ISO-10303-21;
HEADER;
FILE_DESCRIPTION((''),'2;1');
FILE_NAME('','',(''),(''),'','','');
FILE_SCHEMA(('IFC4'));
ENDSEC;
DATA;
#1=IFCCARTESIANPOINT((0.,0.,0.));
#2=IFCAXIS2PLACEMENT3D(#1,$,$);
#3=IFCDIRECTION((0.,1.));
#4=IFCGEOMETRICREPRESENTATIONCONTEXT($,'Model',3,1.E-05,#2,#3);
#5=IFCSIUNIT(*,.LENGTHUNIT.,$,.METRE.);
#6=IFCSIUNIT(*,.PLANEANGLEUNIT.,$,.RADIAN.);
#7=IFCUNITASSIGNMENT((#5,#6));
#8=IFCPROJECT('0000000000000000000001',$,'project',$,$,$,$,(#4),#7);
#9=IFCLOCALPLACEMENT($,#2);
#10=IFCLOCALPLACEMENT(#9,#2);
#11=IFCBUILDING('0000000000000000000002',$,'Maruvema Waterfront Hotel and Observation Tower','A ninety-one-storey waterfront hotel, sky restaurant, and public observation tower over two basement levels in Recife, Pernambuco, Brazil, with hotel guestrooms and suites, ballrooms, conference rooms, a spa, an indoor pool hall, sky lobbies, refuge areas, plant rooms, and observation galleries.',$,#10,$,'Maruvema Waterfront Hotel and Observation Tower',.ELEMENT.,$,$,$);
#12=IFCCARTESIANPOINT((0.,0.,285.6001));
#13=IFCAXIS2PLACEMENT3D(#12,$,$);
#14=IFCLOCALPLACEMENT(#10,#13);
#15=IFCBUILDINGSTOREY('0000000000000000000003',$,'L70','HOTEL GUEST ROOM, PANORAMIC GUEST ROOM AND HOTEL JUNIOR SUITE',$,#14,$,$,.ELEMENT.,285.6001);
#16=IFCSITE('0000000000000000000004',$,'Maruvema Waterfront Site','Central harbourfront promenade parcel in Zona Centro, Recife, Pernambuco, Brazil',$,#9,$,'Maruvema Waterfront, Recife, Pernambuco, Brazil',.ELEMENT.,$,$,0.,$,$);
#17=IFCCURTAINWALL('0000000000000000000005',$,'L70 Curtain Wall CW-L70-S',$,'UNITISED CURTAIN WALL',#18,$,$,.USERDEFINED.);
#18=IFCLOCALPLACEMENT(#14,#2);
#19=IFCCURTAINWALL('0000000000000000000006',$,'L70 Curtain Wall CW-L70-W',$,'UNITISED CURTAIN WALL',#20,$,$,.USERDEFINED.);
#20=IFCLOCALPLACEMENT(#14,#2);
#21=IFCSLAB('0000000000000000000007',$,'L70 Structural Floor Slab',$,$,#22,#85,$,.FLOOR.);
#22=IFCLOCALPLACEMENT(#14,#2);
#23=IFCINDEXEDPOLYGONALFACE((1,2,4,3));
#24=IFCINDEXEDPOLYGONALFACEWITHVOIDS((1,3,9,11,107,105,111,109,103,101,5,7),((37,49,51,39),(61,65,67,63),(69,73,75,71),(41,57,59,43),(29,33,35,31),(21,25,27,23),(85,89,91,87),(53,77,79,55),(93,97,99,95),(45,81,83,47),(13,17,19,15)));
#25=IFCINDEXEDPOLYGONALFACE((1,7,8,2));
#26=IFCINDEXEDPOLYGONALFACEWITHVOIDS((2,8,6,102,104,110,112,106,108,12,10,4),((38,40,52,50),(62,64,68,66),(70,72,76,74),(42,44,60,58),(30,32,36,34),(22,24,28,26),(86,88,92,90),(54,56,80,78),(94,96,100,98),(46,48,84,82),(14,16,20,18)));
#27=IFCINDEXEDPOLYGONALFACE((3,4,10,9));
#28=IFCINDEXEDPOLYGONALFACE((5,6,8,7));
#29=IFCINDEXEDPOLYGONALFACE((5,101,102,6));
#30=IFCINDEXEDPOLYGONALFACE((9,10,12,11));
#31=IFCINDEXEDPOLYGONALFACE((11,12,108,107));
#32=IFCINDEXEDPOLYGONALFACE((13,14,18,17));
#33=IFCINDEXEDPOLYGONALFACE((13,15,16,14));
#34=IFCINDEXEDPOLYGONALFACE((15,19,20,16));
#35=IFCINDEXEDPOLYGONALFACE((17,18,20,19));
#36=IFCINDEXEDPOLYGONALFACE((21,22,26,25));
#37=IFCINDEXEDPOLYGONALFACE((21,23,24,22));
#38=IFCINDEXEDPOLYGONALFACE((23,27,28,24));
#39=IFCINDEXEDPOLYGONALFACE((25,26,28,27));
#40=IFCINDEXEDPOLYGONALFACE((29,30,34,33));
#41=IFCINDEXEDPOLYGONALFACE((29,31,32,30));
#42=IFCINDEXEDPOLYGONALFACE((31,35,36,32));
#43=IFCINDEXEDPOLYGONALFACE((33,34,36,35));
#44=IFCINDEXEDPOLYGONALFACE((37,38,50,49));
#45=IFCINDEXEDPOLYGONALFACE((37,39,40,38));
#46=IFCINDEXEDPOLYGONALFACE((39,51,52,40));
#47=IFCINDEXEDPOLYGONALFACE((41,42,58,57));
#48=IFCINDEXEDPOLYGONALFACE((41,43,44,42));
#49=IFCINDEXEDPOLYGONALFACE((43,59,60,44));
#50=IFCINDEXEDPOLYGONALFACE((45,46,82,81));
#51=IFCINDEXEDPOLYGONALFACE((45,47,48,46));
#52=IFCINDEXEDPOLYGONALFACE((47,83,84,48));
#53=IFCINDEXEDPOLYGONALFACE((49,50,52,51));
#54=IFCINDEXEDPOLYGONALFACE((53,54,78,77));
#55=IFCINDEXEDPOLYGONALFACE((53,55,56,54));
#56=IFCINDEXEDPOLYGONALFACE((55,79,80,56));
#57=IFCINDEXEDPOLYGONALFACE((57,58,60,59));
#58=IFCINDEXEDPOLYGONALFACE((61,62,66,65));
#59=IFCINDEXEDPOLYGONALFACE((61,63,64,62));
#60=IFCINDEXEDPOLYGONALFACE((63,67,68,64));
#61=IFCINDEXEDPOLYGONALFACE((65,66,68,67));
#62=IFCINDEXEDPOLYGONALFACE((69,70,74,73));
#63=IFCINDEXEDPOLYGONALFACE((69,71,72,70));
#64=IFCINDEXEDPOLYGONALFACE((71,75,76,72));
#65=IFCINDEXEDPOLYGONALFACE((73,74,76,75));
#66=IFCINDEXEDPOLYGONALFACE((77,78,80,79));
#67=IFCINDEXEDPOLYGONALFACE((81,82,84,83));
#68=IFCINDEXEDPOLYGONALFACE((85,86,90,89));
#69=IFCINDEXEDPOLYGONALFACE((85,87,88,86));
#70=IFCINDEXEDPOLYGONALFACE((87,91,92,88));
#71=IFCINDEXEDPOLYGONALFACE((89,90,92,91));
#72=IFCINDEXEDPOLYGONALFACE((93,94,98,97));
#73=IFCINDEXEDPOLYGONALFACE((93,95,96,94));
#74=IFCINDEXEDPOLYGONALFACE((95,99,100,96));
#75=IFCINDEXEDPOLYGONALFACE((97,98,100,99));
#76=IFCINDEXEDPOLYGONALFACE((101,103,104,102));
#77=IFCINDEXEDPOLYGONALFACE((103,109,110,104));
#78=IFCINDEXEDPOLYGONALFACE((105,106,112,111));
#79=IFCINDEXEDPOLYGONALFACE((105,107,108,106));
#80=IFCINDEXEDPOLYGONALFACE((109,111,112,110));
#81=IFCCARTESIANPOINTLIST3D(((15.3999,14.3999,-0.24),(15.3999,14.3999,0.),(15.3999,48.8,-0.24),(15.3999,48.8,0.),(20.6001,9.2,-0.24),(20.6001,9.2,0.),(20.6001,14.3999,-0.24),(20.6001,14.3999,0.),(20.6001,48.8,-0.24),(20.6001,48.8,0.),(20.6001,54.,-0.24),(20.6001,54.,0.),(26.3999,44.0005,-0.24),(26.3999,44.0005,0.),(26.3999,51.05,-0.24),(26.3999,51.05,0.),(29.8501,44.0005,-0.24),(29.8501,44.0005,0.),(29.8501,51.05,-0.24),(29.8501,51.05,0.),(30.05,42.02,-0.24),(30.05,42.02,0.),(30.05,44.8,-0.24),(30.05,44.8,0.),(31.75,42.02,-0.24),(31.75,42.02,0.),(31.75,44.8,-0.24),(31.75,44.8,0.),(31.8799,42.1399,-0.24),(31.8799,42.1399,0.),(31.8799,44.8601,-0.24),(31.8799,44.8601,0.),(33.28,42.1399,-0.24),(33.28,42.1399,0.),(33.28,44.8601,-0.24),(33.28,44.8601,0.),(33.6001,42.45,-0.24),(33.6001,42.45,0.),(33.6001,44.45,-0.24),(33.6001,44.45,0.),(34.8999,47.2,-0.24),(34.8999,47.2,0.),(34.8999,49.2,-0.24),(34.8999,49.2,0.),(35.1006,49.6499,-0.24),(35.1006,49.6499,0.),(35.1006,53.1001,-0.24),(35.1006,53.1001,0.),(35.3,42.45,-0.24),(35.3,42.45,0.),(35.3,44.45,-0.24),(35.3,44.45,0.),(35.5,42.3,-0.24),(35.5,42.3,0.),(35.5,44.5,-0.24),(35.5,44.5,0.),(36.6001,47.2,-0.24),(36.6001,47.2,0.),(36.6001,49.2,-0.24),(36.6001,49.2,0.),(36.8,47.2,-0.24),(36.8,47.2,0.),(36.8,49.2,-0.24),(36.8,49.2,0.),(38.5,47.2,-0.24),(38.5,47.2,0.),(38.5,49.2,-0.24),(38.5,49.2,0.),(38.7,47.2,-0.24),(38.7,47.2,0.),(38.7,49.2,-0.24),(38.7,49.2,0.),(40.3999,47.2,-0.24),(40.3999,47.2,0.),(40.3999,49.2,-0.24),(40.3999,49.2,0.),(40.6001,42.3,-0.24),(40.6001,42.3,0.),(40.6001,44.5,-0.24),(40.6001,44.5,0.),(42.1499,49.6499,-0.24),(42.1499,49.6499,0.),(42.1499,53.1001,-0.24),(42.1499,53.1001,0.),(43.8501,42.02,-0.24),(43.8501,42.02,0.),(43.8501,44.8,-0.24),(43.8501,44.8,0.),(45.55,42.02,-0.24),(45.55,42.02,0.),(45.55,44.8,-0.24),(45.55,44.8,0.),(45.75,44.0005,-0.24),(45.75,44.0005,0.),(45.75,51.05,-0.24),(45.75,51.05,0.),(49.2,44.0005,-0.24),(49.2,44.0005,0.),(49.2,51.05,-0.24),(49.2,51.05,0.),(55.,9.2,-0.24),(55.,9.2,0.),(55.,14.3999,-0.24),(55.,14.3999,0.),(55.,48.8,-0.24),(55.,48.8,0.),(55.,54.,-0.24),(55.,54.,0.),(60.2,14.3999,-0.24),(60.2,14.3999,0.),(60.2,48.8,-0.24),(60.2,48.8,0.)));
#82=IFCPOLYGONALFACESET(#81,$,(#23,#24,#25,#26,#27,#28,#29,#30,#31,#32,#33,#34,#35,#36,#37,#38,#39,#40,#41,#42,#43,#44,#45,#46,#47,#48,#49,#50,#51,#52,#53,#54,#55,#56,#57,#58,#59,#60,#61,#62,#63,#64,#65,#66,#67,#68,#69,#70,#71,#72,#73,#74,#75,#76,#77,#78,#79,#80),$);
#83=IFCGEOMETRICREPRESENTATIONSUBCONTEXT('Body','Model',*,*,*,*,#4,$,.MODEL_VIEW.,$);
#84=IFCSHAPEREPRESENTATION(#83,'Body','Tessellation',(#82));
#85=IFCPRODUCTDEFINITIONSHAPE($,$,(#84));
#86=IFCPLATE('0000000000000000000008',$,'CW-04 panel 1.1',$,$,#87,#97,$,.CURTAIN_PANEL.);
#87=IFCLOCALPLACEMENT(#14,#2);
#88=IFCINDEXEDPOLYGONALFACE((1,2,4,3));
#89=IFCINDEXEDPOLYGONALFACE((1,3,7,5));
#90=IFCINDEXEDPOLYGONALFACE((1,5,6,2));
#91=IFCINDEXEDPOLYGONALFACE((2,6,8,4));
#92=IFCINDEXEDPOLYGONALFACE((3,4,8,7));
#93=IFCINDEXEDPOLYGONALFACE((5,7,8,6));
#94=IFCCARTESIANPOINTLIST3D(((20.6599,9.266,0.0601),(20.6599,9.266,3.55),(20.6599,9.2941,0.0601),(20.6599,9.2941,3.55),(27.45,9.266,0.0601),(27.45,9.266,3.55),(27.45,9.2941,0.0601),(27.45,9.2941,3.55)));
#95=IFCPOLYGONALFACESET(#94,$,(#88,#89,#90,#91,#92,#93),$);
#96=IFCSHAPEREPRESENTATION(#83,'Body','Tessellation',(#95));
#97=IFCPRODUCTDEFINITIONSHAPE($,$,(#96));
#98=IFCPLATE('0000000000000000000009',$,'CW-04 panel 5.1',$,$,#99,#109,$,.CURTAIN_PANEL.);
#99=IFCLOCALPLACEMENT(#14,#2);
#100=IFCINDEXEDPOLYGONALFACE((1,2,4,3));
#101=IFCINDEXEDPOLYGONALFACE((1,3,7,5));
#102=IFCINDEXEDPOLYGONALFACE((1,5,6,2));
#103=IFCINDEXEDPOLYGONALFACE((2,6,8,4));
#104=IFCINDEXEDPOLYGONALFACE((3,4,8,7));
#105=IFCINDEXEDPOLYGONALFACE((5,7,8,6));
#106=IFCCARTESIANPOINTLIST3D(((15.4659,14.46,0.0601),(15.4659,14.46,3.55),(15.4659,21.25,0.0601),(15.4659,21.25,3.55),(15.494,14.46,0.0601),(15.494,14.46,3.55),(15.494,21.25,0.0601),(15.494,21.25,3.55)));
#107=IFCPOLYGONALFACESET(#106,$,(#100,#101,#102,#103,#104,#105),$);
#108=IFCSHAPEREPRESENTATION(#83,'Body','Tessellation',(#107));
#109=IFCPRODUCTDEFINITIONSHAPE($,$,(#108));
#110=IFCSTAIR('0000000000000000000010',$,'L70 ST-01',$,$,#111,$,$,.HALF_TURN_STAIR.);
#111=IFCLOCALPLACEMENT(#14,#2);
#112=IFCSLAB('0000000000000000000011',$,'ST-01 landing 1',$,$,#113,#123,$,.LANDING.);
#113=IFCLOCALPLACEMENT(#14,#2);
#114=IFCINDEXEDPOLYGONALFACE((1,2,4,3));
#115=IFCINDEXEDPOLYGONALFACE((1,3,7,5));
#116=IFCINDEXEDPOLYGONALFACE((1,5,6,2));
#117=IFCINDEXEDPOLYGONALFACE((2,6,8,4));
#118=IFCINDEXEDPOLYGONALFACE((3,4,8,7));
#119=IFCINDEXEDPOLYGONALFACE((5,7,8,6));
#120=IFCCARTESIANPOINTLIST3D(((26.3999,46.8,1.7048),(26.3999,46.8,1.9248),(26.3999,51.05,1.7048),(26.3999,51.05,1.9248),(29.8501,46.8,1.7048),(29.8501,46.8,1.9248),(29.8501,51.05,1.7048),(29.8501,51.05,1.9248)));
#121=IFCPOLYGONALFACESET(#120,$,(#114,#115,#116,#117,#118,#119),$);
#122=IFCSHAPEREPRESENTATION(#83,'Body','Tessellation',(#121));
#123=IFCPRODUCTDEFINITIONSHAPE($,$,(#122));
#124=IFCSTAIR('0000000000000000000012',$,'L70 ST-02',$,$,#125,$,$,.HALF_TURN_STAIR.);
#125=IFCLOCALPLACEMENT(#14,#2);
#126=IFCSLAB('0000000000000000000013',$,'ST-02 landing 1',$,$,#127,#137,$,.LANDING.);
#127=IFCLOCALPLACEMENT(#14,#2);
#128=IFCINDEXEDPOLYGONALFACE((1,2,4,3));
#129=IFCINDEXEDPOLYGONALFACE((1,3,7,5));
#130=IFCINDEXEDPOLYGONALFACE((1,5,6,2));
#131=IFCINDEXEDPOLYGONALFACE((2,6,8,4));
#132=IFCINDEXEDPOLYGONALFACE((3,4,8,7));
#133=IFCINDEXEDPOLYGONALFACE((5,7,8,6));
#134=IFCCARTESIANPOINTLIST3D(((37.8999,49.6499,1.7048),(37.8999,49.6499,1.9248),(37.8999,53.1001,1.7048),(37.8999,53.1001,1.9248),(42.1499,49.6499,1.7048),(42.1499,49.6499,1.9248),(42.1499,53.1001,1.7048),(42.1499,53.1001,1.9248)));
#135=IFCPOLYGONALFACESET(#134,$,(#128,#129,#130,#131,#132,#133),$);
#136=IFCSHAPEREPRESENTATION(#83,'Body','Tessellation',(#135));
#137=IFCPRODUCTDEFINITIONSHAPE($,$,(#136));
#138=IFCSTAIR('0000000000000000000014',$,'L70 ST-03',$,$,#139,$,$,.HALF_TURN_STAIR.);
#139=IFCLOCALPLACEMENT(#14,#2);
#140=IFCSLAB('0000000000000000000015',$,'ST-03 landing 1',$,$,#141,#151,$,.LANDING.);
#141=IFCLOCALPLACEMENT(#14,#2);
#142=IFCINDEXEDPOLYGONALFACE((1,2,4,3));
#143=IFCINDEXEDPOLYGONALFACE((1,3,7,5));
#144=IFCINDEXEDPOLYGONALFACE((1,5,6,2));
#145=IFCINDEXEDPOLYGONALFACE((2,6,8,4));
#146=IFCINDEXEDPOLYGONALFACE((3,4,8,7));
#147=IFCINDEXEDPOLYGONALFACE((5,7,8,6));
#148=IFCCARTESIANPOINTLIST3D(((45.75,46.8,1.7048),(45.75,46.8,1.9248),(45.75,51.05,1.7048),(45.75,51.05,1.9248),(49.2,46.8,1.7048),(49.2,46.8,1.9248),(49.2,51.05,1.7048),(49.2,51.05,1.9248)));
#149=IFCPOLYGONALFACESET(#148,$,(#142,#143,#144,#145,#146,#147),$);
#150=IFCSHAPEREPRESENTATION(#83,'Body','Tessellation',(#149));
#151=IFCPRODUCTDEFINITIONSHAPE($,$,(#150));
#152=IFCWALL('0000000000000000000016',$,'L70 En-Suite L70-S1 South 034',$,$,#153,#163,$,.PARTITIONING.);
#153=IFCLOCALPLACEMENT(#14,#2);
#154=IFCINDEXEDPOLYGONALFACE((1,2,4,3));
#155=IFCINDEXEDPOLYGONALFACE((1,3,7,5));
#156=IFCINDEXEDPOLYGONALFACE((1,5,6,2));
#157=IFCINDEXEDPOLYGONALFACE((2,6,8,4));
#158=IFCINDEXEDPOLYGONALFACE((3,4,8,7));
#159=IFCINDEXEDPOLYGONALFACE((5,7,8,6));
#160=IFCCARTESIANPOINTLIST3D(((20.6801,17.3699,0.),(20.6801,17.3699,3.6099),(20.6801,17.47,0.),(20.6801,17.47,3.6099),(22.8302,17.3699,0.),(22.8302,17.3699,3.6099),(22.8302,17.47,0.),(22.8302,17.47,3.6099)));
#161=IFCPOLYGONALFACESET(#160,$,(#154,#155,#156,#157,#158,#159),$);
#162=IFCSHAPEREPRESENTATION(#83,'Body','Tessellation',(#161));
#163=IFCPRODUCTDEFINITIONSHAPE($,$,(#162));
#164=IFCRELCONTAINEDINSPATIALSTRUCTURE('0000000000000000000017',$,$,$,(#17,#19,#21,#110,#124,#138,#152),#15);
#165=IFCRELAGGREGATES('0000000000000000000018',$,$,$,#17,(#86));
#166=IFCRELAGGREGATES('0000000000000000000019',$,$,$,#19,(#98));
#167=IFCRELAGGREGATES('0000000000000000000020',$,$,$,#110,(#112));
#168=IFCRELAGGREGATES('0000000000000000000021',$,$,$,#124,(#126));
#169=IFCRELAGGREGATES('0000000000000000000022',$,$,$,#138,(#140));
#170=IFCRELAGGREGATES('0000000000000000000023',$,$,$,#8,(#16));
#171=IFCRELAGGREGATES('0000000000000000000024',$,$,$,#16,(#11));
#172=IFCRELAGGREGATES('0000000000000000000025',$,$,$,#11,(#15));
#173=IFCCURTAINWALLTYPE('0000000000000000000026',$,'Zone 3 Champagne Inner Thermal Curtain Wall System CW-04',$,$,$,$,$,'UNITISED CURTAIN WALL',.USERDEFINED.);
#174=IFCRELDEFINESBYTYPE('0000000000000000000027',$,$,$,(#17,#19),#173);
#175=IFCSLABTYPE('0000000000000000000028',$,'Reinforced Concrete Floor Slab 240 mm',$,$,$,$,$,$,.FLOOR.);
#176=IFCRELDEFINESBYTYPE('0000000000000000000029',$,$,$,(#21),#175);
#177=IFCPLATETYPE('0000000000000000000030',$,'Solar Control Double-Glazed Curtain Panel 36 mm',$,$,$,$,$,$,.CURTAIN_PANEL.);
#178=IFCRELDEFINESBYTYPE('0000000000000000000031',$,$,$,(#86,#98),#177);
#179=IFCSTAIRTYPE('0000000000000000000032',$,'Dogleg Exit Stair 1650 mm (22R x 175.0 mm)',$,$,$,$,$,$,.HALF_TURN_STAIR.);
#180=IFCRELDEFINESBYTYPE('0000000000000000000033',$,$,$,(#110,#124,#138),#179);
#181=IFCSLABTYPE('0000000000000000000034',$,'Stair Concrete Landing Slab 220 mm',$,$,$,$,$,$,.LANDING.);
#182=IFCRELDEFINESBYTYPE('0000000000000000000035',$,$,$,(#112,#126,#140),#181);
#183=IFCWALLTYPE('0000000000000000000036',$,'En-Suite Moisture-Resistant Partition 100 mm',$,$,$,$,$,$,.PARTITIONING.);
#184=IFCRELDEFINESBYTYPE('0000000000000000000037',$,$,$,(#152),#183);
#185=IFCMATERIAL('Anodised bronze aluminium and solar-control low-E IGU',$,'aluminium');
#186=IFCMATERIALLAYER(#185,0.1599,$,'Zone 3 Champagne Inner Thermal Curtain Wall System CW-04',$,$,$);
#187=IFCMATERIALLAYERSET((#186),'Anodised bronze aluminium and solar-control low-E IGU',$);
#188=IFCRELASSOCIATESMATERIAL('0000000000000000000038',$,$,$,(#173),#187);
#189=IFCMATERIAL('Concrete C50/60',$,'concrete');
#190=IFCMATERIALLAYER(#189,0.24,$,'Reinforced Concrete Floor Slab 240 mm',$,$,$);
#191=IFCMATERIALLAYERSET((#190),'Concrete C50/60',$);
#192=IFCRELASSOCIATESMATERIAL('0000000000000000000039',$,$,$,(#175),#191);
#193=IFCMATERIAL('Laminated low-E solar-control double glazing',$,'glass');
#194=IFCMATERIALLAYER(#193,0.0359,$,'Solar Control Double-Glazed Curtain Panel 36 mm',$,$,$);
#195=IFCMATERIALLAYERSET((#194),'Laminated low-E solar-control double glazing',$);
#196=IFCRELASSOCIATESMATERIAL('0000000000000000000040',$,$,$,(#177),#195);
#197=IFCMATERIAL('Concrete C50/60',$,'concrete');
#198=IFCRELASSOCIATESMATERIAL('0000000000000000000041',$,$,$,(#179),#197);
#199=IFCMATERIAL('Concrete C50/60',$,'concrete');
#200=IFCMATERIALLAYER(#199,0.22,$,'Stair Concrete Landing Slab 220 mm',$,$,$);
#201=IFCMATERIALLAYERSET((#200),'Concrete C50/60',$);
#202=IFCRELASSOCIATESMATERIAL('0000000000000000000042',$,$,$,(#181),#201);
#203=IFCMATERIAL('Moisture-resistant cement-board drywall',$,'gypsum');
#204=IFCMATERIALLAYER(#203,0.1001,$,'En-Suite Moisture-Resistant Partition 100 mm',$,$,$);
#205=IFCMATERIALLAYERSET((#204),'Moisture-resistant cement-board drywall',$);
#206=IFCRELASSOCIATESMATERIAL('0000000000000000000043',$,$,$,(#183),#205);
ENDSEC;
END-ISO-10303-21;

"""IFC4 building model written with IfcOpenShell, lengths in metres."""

from ifc_helpers import new_model, si_unit, direction, frame, frame_2d, origin, origin_2d, place, context, subcontext, project, spatial, polyline, rectangle, outline, extrude, material, layer, layer_set, type_object, element, aggregate, save


model = new_model("IFC4")

# Units and contexts
model_context = context("Model", 3, precision=1e-05, world=origin(), true_north=direction((0.0, 1.0)))
body_context = subcontext(model_context, "Body", "Model", "MODEL_VIEW")
ifc_project = project(units=[si_unit("LENGTHUNIT", "METRE"), si_unit("PLANEANGLEUNIT", "RADIAN")], contexts=[model_context])

# Site, building, storey
site_placement = place(None, origin())
site = spatial("IfcSite", under=ifc_project, at=site_placement, Name="Maruvema Waterfront Site", Description="Central harbourfront promenade parcel in Zona Centro, Recife, Pernambuco, Brazil", LongName="Maruvema Waterfront, Recife, Pernambuco, Brazil", CompositionType="ELEMENT", RefElevation=0.0)
building_placement = place(site_placement, origin())
building = spatial("IfcBuilding", under=site, at=building_placement, Name="Maruvema Waterfront Hotel and Observation Tower", Description="A ninety-one-storey waterfront hotel, sky restaurant, and public observation tower over two basement levels in Recife, Pernambuco, Brazil, with hotel guestrooms and suites, ballrooms, conference rooms, a spa, an indoor pool hall, sky lobbies, refuge areas, plant rooms, and observation galleries.", LongName="Maruvema Waterfront Hotel and Observation Tower", CompositionType="ELEMENT")
storey_placement = place(building_placement, frame((0.0, 0.0, 285.6001)))
storey = spatial("IfcBuildingStorey", under=building, at=storey_placement, Name="L70", Description="HOTEL GUEST ROOM, PANORAMIC GUEST ROOM AND HOTEL JUNIOR SUITE", CompositionType="ELEMENT", Elevation=285.6001)

# Curtain wall
ifc_material_1 = material(Name="Anodised bronze aluminium and solar-control low-E IGU", Category="aluminium")
ifc_layer_1 = layer(ifc_material_1, 0.1599, Name="Zone 3 Champagne Inner Thermal Curtain Wall System CW-04")
ifc_layer_set_1 = layer_set([ifc_layer_1], Name="Anodised bronze aluminium and solar-control low-E IGU")
curtain_wall_type = type_object("IfcCurtainWallType", Name="Zone 3 Champagne Inner Thermal Curtain Wall System CW-04", ElementType="UNITISED CURTAIN WALL", PredefinedType="USERDEFINED", material=ifc_layer_set_1)
curtain_wall_1_placement = place(storey_placement, origin())
curtain_wall_1 = element("IfcCurtainWall", 1, at=curtain_wall_1_placement, inside=storey, type_object=curtain_wall_type, Name="L70 Curtain Wall CW-L70-S", ObjectType="UNITISED CURTAIN WALL", PredefinedType="USERDEFINED")

# Curtain wall
curtain_wall_2_placement = place(storey_placement, origin())
curtain_wall_2 = element("IfcCurtainWall", 2, at=curtain_wall_2_placement, inside=storey, type_object=curtain_wall_type, Name="L70 Curtain Wall CW-L70-W", ObjectType="UNITISED CURTAIN WALL", PredefinedType="USERDEFINED")

# Slab
ifc_material_2 = material(Name="Concrete C50/60", Category="concrete")
ifc_layer_2 = layer(ifc_material_2, 0.24, Name="Reinforced Concrete Floor Slab 240 mm")
ifc_layer_set_2 = layer_set([ifc_layer_2], Name="Concrete C50/60")
slab_type_1 = type_object("IfcSlabType", Name="Reinforced Concrete Floor Slab 240 mm", PredefinedType="FLOOR", material=ifc_layer_set_2)
slab_1_placement = place(storey_placement, frame((0.0, 0.0, -0.24)))
element("IfcSlab", 3, at=slab_1_placement, inside=storey, type_object=slab_type_1, Name="L70 Structural Floor Slab", PredefinedType="FLOOR", context=body_context, shape_type="SweptSolid", body=[
    extrude(outline(polyline([(20.6001, 9.2), (55.0, 9.2), (55.0, 14.3999), (60.2, 14.3999), (60.2, 48.8), (55.0, 48.8), (55.0, 54.0), (20.6001, 54.0), (20.6001, 48.8), (15.3999, 48.8), (15.3999, 14.3999), (20.6001, 14.3999), (20.6001, 9.2)]), holes=[polyline([(26.3999, 44.0005), (26.3999, 51.05), (29.8501, 51.05), (29.8501, 44.0005), (26.3999, 44.0005)]), polyline([(30.05, 44.8), (31.75, 44.8), (31.75, 42.02), (30.05, 42.02), (30.05, 44.8)]), polyline([(31.8799, 42.1399), (31.8799, 44.8601), (33.28, 44.8601), (33.28, 42.1399), (31.8799, 42.1399)]), polyline([(33.6001, 44.45), (35.3, 44.45), (35.3, 42.45), (33.6001, 42.45), (33.6001, 44.45)]), polyline([(34.8999, 49.2), (36.6001, 49.2), (36.6001, 47.2), (34.8999, 47.2), (34.8999, 49.2)]), polyline([(36.8, 47.2), (36.8, 49.2), (38.5, 49.2), (38.5, 47.2), (36.8, 47.2)]), polyline([(35.5, 42.3), (35.5, 44.5), (40.6001, 44.5), (40.6001, 42.3), (35.5, 42.3)]), polyline([(35.1006, 53.1001), (42.1499, 53.1001), (42.1499, 49.6499), (35.1006, 49.6499), (35.1006, 53.1001)]), polyline([(38.7, 49.2), (40.3999, 49.2), (40.3999, 47.2), (38.7, 47.2), (38.7, 49.2)]), polyline([(43.8501, 44.8), (45.55, 44.8), (45.55, 42.02), (43.8501, 42.02), (43.8501, 44.8)]), polyline([(45.75, 44.0005), (45.75, 51.05), (49.2, 51.05), (49.2, 44.0005), (45.75, 44.0005)])]), origin(), (0.0, 0.0, 1.0), 0.24),
])

# Plates
ifc_material_3 = material(Name="Laminated low-E solar-control double glazing", Category="glass")
ifc_layer_3 = layer(ifc_material_3, 0.0359, Name="Solar Control Double-Glazed Curtain Panel 36 mm")
ifc_layer_set_3 = layer_set([ifc_layer_3], Name="Laminated low-E solar-control double glazing")
plate_type = type_object("IfcPlateType", Name="Solar Control Double-Glazed Curtain Panel 36 mm", PredefinedType="CURTAIN_PANEL", material=ifc_layer_set_3)
plate_1_placement = place(storey_placement, frame((24.0549, 9.28, 0.0601), z_axis=(0.0, 0.0, 1.0), x_axis=(1.0, 0.0, 0.0)))
plate_1 = element("IfcPlate", 4, at=plate_1_placement, type_object=plate_type, Name="CW-04 panel 1.1", PredefinedType="CURTAIN_PANEL", context=body_context, shape_type="SweptSolid", body=[
    extrude(rectangle(XDim=6.79, YDim=0.0281, at=origin_2d()), origin(), (0.0, 0.0, 1.0), 3.49),
])
aggregate(curtain_wall_1, [plate_1])
plate_2_placement = place(storey_placement, frame((15.48, 17.855, 0.0601), z_axis=(0.0, 0.0, 1.0), x_axis=(0.0, -1.0, 0.0)))
plate_2 = element("IfcPlate", 5, at=plate_2_placement, type_object=plate_type, Name="CW-04 panel 5.1", PredefinedType="CURTAIN_PANEL", context=body_context, shape_type="SweptSolid", body=[
    extrude(rectangle(XDim=6.79, YDim=0.0281, at=origin_2d()), origin(), (0.0, 0.0, 1.0), 3.49),
])
aggregate(curtain_wall_2, [plate_2])

# Stairs, slabs
ifc_material_4 = material(Name="Concrete C50/60", Category="concrete")
stair_type = type_object("IfcStairType", Name="Dogleg Exit Stair 1650 mm (22R x 175.0 mm)", PredefinedType="HALF_TURN_STAIR", material=ifc_material_4)
stair_1_placement = place(storey_placement, origin())
stair_1 = element("IfcStair", 6, at=stair_1_placement, inside=storey, type_object=stair_type, Name="L70 ST-01", PredefinedType="HALF_TURN_STAIR")
ifc_material_5 = material(Name="Concrete C50/60", Category="concrete")
ifc_layer_4 = layer(ifc_material_5, 0.22, Name="Stair Concrete Landing Slab 220 mm")
ifc_layer_set_4 = layer_set([ifc_layer_4], Name="Concrete C50/60")
slab_type_2 = type_object("IfcSlabType", Name="Stair Concrete Landing Slab 220 mm", PredefinedType="LANDING", material=ifc_layer_set_4)
slab_2_placement = place(storey_placement, frame((0.0, 0.0, 1.7048)))
slab_2 = element("IfcSlab", 7, at=slab_2_placement, type_object=slab_type_2, Name="ST-01 landing 1", PredefinedType="LANDING", context=body_context, shape_type="SweptSolid", body=[
    extrude(outline(polyline([(29.8501, 46.8), (29.8501, 51.05), (26.3999, 51.05), (26.3999, 46.8), (29.8501, 46.8)])), origin(), (0.0, 0.0, 1.0), 0.22),
])
aggregate(stair_1, [slab_2])
stair_2_placement = place(storey_placement, origin())
stair_2 = element("IfcStair", 8, at=stair_2_placement, inside=storey, type_object=stair_type, Name="L70 ST-02", PredefinedType="HALF_TURN_STAIR")
slab_3_placement = place(storey_placement, frame((0.0, 0.0, 1.7048)))
slab_3 = element("IfcSlab", 9, at=slab_3_placement, type_object=slab_type_2, Name="ST-02 landing 1", PredefinedType="LANDING", context=body_context, shape_type="SweptSolid", body=[
    extrude(outline(polyline([(37.8999, 49.6499), (42.1499, 49.6499), (42.1499, 53.1001), (37.8999, 53.1001), (37.8999, 49.6499)])), origin(), (0.0, 0.0, 1.0), 0.22),
])
aggregate(stair_2, [slab_3])
stair_3_placement = place(storey_placement, origin())
stair_3 = element("IfcStair", 10, at=stair_3_placement, inside=storey, type_object=stair_type, Name="L70 ST-03", PredefinedType="HALF_TURN_STAIR")
slab_4_placement = place(storey_placement, frame((0.0, 0.0, 1.7048)))
slab_4 = element("IfcSlab", 11, at=slab_4_placement, type_object=slab_type_2, Name="ST-03 landing 1", PredefinedType="LANDING", context=body_context, shape_type="SweptSolid", body=[
    extrude(outline(polyline([(49.2, 46.8), (49.2, 51.05), (45.75, 51.05), (45.75, 46.8), (49.2, 46.8)])), origin(), (0.0, 0.0, 1.0), 0.22),
])
aggregate(stair_3, [slab_4])

# Wall
ifc_material_6 = material(Name="Moisture-resistant cement-board drywall", Category="gypsum")
ifc_layer_5 = layer(ifc_material_6, 0.1001, Name="En-Suite Moisture-Resistant Partition 100 mm")
ifc_layer_set_5 = layer_set([ifc_layer_5], Name="Moisture-resistant cement-board drywall")
wall_type_1 = type_object("IfcWallType", Name="En-Suite Moisture-Resistant Partition 100 mm", PredefinedType="PARTITIONING", material=ifc_layer_set_5)
wall_1_placement = place(storey_placement, frame((20.6799, 17.4199, 0.0), z_axis=(0.0, 0.0, 1.0), x_axis=(1.0, 0.0, 0.0)))
element("IfcWall", 12, at=wall_1_placement, inside=storey, type_object=wall_type_1, Name="L70 En-Suite L70-S1 South 034", PredefinedType="PARTITIONING", context=body_context, shape_type="SweptSolid", body=[
    extrude(rectangle(XDim=2.1501, YDim=0.1001, at=frame_2d((1.0752, 0.0))), origin(), (0.0, 0.0, 1.0), 3.6099),
])

save(model, "model.ifc")
